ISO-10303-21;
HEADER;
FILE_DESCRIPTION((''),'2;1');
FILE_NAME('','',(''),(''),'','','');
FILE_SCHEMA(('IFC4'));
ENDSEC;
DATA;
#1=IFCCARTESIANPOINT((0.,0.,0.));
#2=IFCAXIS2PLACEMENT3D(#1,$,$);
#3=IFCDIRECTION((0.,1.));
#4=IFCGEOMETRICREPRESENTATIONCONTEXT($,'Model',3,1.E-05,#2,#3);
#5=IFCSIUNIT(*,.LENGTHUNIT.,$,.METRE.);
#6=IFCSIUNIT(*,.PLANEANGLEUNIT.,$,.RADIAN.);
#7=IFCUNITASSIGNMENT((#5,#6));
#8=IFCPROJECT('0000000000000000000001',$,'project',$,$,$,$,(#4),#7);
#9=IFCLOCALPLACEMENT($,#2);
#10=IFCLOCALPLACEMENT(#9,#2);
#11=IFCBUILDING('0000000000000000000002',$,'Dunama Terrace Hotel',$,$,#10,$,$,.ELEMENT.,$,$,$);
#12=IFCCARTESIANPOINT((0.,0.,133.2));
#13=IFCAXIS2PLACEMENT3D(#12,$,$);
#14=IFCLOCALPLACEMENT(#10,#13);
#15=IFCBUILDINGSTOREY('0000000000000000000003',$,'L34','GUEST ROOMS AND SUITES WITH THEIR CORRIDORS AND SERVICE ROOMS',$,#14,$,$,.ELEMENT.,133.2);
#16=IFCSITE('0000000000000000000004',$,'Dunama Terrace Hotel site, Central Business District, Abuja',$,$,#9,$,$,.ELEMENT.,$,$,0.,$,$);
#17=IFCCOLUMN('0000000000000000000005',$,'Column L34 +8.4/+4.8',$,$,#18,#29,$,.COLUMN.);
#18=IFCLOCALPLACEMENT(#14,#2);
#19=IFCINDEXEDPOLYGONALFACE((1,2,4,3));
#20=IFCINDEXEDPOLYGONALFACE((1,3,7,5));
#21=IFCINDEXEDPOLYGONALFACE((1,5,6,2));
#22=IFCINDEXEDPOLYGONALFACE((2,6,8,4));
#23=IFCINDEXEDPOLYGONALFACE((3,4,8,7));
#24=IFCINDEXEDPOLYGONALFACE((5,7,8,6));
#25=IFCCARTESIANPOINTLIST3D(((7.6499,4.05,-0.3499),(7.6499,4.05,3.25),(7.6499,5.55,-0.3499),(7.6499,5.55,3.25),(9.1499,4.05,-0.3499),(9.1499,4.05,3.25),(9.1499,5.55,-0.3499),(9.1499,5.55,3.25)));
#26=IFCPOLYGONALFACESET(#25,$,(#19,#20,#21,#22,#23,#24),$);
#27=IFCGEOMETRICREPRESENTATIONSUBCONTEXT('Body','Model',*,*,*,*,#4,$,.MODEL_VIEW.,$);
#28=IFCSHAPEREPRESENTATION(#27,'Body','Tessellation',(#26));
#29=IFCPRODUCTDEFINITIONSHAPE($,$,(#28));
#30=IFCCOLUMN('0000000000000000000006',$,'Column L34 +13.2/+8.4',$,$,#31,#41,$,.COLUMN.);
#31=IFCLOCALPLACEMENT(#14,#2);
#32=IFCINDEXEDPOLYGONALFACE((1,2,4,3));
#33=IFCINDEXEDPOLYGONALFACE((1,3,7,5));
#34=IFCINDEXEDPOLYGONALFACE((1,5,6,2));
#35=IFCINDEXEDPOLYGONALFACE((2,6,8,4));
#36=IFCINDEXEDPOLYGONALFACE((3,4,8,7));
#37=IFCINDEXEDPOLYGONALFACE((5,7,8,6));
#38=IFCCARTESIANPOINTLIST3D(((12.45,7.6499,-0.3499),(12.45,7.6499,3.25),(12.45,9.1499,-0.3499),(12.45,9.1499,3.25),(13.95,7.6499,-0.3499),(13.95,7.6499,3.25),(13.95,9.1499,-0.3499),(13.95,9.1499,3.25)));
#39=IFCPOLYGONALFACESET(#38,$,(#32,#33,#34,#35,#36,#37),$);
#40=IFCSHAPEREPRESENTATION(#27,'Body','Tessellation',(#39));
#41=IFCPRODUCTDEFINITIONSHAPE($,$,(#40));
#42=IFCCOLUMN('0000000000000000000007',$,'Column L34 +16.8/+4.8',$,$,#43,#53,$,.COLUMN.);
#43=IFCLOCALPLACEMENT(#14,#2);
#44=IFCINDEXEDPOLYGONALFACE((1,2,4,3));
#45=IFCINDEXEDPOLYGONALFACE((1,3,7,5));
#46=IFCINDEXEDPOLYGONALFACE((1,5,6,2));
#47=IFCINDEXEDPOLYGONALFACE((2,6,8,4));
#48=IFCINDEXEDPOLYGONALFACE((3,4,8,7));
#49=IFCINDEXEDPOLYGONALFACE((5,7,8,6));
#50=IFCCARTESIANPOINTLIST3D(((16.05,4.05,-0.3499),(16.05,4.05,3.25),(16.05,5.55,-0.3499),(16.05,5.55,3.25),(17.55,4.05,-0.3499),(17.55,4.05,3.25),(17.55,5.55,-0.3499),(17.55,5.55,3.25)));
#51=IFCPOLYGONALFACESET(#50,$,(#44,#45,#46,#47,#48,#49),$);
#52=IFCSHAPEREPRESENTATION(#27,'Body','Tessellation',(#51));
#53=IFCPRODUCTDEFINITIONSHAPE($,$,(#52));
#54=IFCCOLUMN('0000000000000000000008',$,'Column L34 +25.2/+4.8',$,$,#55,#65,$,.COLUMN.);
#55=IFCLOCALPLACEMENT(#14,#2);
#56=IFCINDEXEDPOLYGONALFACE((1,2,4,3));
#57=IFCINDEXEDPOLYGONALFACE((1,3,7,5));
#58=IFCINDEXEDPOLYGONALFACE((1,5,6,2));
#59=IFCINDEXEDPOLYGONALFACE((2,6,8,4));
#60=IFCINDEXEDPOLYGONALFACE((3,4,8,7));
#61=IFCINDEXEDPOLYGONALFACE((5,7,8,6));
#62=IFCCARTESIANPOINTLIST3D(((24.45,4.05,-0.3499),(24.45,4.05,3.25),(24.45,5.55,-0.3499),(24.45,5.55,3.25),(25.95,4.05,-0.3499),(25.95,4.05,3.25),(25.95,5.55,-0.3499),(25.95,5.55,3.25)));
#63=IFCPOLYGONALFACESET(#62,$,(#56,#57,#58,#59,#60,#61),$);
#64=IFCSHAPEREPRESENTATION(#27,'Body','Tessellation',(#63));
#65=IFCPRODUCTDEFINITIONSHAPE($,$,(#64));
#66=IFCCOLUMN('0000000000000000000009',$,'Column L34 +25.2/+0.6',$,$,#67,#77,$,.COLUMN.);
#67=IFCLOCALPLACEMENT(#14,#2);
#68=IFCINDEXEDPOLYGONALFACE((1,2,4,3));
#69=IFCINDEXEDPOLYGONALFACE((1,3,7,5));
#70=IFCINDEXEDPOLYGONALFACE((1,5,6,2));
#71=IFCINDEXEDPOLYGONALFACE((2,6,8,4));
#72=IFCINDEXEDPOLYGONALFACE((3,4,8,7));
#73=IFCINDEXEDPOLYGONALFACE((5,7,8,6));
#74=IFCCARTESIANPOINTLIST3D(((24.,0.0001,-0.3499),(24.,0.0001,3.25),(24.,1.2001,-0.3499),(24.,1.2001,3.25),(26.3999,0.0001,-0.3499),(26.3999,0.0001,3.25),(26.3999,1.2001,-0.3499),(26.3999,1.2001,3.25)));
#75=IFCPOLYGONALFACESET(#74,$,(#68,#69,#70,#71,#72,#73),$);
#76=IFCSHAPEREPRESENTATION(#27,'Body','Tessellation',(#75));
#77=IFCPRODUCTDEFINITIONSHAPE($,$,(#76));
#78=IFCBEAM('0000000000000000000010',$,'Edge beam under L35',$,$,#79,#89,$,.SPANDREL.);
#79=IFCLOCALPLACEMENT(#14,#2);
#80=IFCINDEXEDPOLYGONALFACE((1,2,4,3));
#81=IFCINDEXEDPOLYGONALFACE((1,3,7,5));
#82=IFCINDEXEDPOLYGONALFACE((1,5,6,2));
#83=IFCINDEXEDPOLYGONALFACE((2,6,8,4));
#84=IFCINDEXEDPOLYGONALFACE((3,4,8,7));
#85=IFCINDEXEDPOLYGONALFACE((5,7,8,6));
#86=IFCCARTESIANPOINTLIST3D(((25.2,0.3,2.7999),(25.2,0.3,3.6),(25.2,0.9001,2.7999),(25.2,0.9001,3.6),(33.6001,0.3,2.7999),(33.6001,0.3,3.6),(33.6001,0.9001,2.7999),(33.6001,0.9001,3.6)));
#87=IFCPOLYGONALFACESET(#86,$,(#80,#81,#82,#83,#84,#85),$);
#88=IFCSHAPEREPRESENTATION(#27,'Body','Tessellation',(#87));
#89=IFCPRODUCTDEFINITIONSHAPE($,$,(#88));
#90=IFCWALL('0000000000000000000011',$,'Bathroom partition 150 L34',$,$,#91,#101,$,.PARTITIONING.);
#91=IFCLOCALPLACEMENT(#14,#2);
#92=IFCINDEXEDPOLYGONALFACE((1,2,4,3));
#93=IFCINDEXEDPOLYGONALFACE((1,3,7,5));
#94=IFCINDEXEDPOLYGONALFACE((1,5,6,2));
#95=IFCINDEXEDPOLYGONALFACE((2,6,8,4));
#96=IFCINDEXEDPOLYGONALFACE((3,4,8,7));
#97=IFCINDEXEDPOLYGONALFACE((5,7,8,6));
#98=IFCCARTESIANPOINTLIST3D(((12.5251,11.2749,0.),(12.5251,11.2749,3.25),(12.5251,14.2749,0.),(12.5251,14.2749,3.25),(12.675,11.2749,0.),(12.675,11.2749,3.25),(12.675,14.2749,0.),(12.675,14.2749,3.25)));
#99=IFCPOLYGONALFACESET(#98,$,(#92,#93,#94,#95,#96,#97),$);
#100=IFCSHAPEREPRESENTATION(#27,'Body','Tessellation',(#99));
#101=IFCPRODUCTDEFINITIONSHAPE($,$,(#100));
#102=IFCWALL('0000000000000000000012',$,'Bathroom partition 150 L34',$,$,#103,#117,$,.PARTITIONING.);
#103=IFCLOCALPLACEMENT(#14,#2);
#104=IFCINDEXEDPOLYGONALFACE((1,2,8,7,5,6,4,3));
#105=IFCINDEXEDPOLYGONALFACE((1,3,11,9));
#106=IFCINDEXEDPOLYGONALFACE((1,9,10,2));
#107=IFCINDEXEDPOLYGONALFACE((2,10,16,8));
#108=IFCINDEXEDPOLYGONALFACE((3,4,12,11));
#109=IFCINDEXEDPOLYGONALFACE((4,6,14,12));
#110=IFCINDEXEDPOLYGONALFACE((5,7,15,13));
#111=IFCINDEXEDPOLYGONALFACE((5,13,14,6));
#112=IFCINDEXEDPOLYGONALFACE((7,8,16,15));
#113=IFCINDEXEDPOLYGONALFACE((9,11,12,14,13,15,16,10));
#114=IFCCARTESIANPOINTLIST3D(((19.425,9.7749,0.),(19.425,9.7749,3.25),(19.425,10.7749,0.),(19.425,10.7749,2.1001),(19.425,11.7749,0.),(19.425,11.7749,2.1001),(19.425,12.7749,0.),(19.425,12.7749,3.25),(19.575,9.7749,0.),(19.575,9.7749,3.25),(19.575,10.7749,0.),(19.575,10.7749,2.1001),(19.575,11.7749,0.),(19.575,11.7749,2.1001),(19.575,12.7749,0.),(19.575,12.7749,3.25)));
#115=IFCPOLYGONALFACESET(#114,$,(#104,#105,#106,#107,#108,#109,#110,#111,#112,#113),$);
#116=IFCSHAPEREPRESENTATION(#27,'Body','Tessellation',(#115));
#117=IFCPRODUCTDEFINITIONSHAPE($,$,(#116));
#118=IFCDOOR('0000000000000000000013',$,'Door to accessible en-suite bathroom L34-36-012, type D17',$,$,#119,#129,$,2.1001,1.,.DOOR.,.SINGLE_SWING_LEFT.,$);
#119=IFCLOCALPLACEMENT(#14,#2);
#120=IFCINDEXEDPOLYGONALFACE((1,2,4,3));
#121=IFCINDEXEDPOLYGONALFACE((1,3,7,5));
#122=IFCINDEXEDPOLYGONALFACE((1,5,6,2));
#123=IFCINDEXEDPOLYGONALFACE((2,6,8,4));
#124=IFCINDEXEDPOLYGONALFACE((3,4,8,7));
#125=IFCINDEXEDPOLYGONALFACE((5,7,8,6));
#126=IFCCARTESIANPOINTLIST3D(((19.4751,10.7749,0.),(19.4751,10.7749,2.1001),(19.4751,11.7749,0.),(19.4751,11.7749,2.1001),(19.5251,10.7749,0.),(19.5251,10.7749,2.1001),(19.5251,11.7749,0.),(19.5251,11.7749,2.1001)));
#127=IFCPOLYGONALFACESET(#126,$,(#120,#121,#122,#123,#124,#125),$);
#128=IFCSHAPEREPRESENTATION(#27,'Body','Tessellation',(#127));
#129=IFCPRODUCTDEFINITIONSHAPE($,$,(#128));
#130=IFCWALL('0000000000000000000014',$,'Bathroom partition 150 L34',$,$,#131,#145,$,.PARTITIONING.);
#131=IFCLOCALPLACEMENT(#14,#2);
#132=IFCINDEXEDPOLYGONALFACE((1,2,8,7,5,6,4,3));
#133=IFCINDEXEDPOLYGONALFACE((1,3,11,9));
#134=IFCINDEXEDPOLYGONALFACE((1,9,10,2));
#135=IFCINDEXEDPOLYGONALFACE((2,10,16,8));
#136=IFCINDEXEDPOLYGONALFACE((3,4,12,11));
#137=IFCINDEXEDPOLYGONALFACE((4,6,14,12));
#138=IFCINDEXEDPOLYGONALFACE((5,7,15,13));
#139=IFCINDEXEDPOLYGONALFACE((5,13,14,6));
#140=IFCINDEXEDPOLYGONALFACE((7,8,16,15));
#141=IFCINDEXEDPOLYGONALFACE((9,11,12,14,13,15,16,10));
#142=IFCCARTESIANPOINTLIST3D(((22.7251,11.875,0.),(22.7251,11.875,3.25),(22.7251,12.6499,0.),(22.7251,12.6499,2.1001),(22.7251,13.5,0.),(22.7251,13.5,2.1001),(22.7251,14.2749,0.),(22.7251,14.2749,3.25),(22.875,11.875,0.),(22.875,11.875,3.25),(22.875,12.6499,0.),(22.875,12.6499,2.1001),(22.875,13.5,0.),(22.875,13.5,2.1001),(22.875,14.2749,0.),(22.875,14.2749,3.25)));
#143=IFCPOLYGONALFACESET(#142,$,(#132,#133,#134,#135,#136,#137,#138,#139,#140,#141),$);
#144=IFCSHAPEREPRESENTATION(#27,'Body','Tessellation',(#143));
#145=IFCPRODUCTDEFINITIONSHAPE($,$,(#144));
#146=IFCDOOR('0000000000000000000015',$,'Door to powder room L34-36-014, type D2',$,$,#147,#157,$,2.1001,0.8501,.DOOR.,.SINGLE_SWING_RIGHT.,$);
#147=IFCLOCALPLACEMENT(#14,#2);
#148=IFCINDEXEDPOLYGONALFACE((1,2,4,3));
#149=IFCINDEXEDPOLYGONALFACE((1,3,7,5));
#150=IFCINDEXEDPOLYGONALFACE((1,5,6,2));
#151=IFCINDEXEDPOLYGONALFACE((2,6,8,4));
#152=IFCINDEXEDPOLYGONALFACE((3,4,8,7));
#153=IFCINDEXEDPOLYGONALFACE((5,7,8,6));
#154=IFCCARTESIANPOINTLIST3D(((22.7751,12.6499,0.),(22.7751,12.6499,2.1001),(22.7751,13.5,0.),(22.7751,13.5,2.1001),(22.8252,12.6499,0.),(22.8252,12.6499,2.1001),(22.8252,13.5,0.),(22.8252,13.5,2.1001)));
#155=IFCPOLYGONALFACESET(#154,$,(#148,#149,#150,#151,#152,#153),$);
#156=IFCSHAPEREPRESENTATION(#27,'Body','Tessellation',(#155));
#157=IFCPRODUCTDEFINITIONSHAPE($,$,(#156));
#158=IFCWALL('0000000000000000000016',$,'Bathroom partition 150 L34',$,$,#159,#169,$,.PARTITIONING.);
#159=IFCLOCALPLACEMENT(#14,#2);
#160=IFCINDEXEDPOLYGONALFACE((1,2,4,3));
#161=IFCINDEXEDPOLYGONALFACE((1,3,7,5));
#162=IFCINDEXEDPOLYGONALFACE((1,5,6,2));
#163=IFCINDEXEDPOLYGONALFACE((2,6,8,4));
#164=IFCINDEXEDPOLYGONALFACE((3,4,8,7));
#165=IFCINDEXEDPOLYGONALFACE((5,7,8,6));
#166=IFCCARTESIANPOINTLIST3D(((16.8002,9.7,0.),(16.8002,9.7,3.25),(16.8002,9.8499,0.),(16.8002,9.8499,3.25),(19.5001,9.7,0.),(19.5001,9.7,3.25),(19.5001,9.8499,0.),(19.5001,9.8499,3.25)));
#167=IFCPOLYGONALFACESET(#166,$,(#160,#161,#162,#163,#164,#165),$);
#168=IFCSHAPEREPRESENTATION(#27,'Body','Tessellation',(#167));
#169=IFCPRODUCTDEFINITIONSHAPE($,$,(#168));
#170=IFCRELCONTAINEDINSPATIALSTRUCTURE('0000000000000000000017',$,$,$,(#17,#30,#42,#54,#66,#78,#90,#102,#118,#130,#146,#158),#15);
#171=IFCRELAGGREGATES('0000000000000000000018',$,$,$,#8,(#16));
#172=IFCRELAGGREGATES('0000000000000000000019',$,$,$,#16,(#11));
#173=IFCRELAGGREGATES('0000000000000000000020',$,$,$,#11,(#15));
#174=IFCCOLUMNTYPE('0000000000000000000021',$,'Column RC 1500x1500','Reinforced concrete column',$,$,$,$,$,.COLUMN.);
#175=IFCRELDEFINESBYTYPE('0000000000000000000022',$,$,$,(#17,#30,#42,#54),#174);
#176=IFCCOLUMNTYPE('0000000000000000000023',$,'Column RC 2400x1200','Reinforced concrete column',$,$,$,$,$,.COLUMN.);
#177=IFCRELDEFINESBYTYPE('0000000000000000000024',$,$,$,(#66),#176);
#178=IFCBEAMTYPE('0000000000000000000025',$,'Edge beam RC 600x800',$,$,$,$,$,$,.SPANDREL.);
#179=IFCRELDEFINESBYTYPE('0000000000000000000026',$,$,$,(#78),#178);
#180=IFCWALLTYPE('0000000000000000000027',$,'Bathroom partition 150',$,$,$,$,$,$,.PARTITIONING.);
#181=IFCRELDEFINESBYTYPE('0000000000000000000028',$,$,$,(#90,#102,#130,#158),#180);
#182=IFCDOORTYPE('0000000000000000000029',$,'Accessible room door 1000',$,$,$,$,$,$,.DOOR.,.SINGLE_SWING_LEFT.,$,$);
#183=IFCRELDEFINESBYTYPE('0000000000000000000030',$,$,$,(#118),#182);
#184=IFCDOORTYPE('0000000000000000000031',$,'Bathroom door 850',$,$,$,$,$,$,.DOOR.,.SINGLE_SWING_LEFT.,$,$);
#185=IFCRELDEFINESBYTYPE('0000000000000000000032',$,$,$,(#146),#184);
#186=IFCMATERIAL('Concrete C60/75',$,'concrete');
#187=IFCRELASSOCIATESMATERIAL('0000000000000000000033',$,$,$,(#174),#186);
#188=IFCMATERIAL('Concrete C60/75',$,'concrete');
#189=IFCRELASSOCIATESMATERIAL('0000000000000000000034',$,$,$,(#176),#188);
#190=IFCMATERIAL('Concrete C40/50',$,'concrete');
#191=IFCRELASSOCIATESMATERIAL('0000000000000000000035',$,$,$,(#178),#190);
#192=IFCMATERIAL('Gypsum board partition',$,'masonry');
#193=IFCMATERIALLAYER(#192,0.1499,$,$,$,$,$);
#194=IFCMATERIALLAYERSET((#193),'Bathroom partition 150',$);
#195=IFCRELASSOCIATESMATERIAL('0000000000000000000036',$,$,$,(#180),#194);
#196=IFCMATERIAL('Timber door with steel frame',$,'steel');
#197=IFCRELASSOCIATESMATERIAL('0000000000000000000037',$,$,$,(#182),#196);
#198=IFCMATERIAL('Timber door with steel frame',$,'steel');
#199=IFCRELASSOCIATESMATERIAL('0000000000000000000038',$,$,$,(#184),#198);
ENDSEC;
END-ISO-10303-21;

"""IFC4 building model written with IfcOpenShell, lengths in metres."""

from ifc_helpers import new_model, si_unit, direction, frame, frame_2d, origin, origin_2d, place, context, subcontext, project, spatial, rectangle, extrude, material, layer, layer_set, material_profile, profile_set, type_object, element, fill, save


model = new_model("IFC4")

# Units and contexts
model_context = context("Model", 3, precision=1e-05, world=origin(), true_north=direction((0.0, 1.0)))
body_context = subcontext(model_context, "Body", "Model", "MODEL_VIEW")
ifc_project = project(units=[si_unit("LENGTHUNIT", "METRE"), si_unit("PLANEANGLEUNIT", "RADIAN")], contexts=[model_context])

# Site, building, storey
site_placement = place(None, origin())
site = spatial("IfcSite", under=ifc_project, at=site_placement, Name="Dunama Terrace Hotel site, Central Business District, Abuja", CompositionType="ELEMENT", RefElevation=0.0)
building_placement = place(site_placement, origin())
building = spatial("IfcBuilding", under=site, at=building_placement, Name="Dunama Terrace Hotel", CompositionType="ELEMENT")
storey_placement = place(building_placement, frame((0.0, 0.0, 133.2)))
storey = spatial("IfcBuildingStorey", under=building, at=storey_placement, Name="L34", Description="GUEST ROOMS AND SUITES WITH THEIR CORRIDORS AND SERVICE ROOMS", CompositionType="ELEMENT", Elevation=133.2)

# Columns
ifc_material_1 = material(Name="Concrete C60/75", Category="concrete")
ifc_material_profile_1 = material_profile(ifc_material_1, rectangle(XDim=1.5, YDim=1.5, at=origin_2d()), Name="RC 1500x1500")
ifc_profile_set_1 = profile_set([ifc_material_profile_1], Name="Concrete C60/75")
column_type_1 = type_object("IfcColumnType", Name="Column RC 1500x1500", Description="Reinforced concrete column", PredefinedType="COLUMN", material=ifc_profile_set_1)
for number, where, z_axis, x_axis, name in (
    (1, (8.3999, 4.8, -0.3499), (0.0, 0.0, 1.0), (1.0, 0.0, 0.0), "Column L34 +8.4/+4.8"),
    (2, (13.2, 8.3999, -0.3499), (0.0, 0.0, 1.0), (1.0, 0.0, 0.0), "Column L34 +13.2/+8.4"),
    (3, (16.8, 4.8, -0.3499), (0.0, 0.0, 1.0), (1.0, 0.0, 0.0), "Column L34 +16.8/+4.8"),
    (4, (25.2, 4.8, -0.3499), (0.0, 0.0, 1.0), (1.0, 0.0, 0.0), "Column L34 +25.2/+4.8"),
):
    element("IfcColumn", number, at=place(storey_placement, frame(where, z_axis=z_axis, x_axis=x_axis)), inside=storey, type_object=column_type_1, Name=name, PredefinedType="COLUMN", context=body_context, shape_type="SweptSolid", body=[
        extrude(rectangle(XDim=1.5, YDim=1.5, at=origin_2d()), origin(), (0.0, 0.0, 1.0), 3.5999),
    ])
ifc_material_2 = material(Name="Concrete C60/75", Category="concrete")
ifc_material_profile_2 = material_profile(ifc_material_2, rectangle(XDim=2.3999, YDim=1.2, at=origin_2d()), Name="RC 2400x1200")
ifc_profile_set_2 = profile_set([ifc_material_profile_2], Name="Concrete C60/75")
column_type_2 = type_object("IfcColumnType", Name="Column RC 2400x1200", Description="Reinforced concrete column", PredefinedType="COLUMN", material=ifc_profile_set_2)
column_placement = place(storey_placement, frame((25.2, 0.6001, -0.3499), z_axis=(0.0, 0.0, 1.0), x_axis=(1.0, 0.0, 0.0)))
element("IfcColumn", 5, at=column_placement, inside=storey, type_object=column_type_2, Name="Column L34 +25.2/+0.6", PredefinedType="COLUMN", context=body_context, shape_type="SweptSolid", body=[
    extrude(rectangle(XDim=2.3999, YDim=1.2, at=origin_2d()), origin(), (0.0, 0.0, 1.0), 3.5999),
])

# Beam
ifc_material_3 = material(Name="Concrete C40/50", Category="concrete")
ifc_material_profile_3 = material_profile(ifc_material_3, rectangle(XDim=0.6001, YDim=0.8, at=origin_2d()), Name="RC 600x800")
ifc_profile_set_3 = profile_set([ifc_material_profile_3], Name="Concrete C40/50")
beam_type = type_object("IfcBeamType", Name="Edge beam RC 600x800", PredefinedType="SPANDREL", material=ifc_profile_set_3)
beam_placement = place(storey_placement, frame((25.2, 0.6001, 3.2), z_axis=(1.0, 0.0, 0.0), x_axis=(0.0, 1.0, 0.0)))
element("IfcBeam", 6, at=beam_placement, inside=storey, type_object=beam_type, Name="Edge beam under L35", PredefinedType="SPANDREL", context=body_context, shape_type="SweptSolid", body=[
    extrude(rectangle(XDim=0.6001, YDim=0.8, at=origin_2d()), origin(), (0.0, 0.0, 1.0), 8.4001),
])

# Wall
ifc_material_4 = material(Name="Gypsum board partition", Category="masonry")
ifc_layer = layer(ifc_material_4, 0.1499)
ifc_layer_set = layer_set([ifc_layer], Name="Bathroom partition 150")
wall_type = type_object("IfcWallType", Name="Bathroom partition 150", PredefinedType="PARTITIONING", material=ifc_layer_set)
wall_1_placement = place(storey_placement, frame((12.6001, 11.2749, 0.0), z_axis=(0.0, 0.0, 1.0), x_axis=(0.0, 1.0, 0.0)))
element("IfcWall", 7, at=wall_1_placement, inside=storey, type_object=wall_type, Name="Bathroom partition 150 L34", PredefinedType="PARTITIONING", context=body_context, shape_type="SweptSolid", body=[
    extrude(rectangle(XDim=3.0, YDim=0.1499, at=frame_2d((1.5, 0.0))), origin(), (0.0, 0.0, 1.0), 3.25),
])

# Walls, openings, doors
wall_2_placement = place(storey_placement, frame((19.5, 9.7749, 0.0), z_axis=(0.0, 0.0, 1.0), x_axis=(0.0, 1.0, 0.0)))
wall_2 = element("IfcWall", 8, at=wall_2_placement, inside=storey, type_object=wall_type, Name="Bathroom partition 150 L34", PredefinedType="PARTITIONING", context=body_context, shape_type="SweptSolid", body=[
    extrude(rectangle(XDim=3.0, YDim=0.1499, at=frame_2d((1.5, 0.0))), origin(), (0.0, 0.0, 1.0), 3.25),
])
opening_1_placement = place(wall_2_placement, frame((1.0, 0.0, 0.0)))
opening_1 = element("IfcOpeningElement", 9, at=opening_1_placement, cuts=wall_2, PredefinedType="OPENING", context=body_context, shape_type="SweptSolid", body=[
    extrude(rectangle(XDim=1.0, YDim=2.1001, at=frame_2d((0.5, 1.05))), frame((0.0, 0.085, 0.0), z_axis=(0.0, -1.0, 0.0), x_axis=(1.0, 0.0, 0.0)), (0.0, 0.0, 1.0), 0.1699),
])
ifc_material_5 = material(Name="Timber door with steel frame", Category="steel")
door_type_1 = type_object("IfcDoorType", Name="Accessible room door 1000", OperationType="SINGLE_SWING_LEFT", PredefinedType="DOOR", material=ifc_material_5)
door_1_placement = place(opening_1_placement, origin())
door_1 = element("IfcDoor", 10, at=door_1_placement, inside=storey, type_object=door_type_1, Name="Door to accessible en-suite bathroom L34-36-012, type D17", OperationType="SINGLE_SWING_LEFT", OverallHeight=2.1001, OverallWidth=1.0, PredefinedType="DOOR", context=body_context, shape_type="SweptSolid", body=[
    extrude(rectangle(XDim=1.0, YDim=2.1001, at=frame_2d((0.5, 1.05))), frame((0.0, 0.0249, 0.0), z_axis=(0.0, -1.0, 0.0), x_axis=(1.0, 0.0, 0.0)), (0.0, 0.0, 1.0), 0.05),
])
fill(opening_1, door_1)
wall_3_placement = place(storey_placement, frame((22.8, 11.875, 0.0), z_axis=(0.0, 0.0, 1.0), x_axis=(0.0, 1.0, 0.0)))
wall_3 = element("IfcWall", 11, at=wall_3_placement, inside=storey, type_object=wall_type, Name="Bathroom partition 150 L34", PredefinedType="PARTITIONING", context=body_context, shape_type="SweptSolid", body=[
    extrude(rectangle(XDim=2.3999, YDim=0.1499, at=frame_2d((1.2, 0.0))), origin(), (0.0, 0.0, 1.0), 3.25),
])
opening_2_placement = place(wall_3_placement, frame((0.7749, 0.0, 0.0)))
opening_2 = element("IfcOpeningElement", 12, at=opening_2_placement, cuts=wall_3, PredefinedType="OPENING", context=body_context, shape_type="SweptSolid", body=[
    extrude(rectangle(XDim=0.8501, YDim=2.1001, at=frame_2d((0.425, 1.05))), frame((0.0, 0.085, 0.0), z_axis=(0.0, -1.0, 0.0), x_axis=(1.0, 0.0, 0.0)), (0.0, 0.0, 1.0), 0.1699),
])
ifc_material_6 = material(Name="Timber door with steel frame", Category="steel")
door_type_2 = type_object("IfcDoorType", Name="Bathroom door 850", OperationType="SINGLE_SWING_LEFT", PredefinedType="DOOR", material=ifc_material_6)
door_2_placement = place(opening_2_placement, origin())
door_2 = element("IfcDoor", 13, at=door_2_placement, inside=storey, type_object=door_type_2, Name="Door to powder room L34-36-014, type D2", OperationType="SINGLE_SWING_RIGHT", OverallHeight=2.1001, OverallWidth=0.8501, PredefinedType="DOOR", context=body_context, shape_type="SweptSolid", body=[
    extrude(rectangle(XDim=0.8501, YDim=2.1001, at=frame_2d((0.425, 1.05))), frame((0.0, 0.0249, 0.0), z_axis=(0.0, -1.0, 0.0), x_axis=(1.0, 0.0, 0.0)), (0.0, 0.0, 1.0), 0.05),
])
fill(opening_2, door_2)

# Wall
wall_4_placement = place(storey_placement, frame((16.8, 9.7749, 0.0), z_axis=(0.0, 0.0, 1.0), x_axis=(1.0, 0.0, 0.0)))
element("IfcWall", 14, at=wall_4_placement, inside=storey, type_object=wall_type, Name="Bathroom partition 150 L34", PredefinedType="PARTITIONING", context=body_context, shape_type="SweptSolid", body=[
    extrude(rectangle(XDim=2.7, YDim=0.1499, at=frame_2d((1.3501, 0.0))), origin(), (0.0, 0.0, 1.0), 3.25),
])

save(model, "model.ifc")
